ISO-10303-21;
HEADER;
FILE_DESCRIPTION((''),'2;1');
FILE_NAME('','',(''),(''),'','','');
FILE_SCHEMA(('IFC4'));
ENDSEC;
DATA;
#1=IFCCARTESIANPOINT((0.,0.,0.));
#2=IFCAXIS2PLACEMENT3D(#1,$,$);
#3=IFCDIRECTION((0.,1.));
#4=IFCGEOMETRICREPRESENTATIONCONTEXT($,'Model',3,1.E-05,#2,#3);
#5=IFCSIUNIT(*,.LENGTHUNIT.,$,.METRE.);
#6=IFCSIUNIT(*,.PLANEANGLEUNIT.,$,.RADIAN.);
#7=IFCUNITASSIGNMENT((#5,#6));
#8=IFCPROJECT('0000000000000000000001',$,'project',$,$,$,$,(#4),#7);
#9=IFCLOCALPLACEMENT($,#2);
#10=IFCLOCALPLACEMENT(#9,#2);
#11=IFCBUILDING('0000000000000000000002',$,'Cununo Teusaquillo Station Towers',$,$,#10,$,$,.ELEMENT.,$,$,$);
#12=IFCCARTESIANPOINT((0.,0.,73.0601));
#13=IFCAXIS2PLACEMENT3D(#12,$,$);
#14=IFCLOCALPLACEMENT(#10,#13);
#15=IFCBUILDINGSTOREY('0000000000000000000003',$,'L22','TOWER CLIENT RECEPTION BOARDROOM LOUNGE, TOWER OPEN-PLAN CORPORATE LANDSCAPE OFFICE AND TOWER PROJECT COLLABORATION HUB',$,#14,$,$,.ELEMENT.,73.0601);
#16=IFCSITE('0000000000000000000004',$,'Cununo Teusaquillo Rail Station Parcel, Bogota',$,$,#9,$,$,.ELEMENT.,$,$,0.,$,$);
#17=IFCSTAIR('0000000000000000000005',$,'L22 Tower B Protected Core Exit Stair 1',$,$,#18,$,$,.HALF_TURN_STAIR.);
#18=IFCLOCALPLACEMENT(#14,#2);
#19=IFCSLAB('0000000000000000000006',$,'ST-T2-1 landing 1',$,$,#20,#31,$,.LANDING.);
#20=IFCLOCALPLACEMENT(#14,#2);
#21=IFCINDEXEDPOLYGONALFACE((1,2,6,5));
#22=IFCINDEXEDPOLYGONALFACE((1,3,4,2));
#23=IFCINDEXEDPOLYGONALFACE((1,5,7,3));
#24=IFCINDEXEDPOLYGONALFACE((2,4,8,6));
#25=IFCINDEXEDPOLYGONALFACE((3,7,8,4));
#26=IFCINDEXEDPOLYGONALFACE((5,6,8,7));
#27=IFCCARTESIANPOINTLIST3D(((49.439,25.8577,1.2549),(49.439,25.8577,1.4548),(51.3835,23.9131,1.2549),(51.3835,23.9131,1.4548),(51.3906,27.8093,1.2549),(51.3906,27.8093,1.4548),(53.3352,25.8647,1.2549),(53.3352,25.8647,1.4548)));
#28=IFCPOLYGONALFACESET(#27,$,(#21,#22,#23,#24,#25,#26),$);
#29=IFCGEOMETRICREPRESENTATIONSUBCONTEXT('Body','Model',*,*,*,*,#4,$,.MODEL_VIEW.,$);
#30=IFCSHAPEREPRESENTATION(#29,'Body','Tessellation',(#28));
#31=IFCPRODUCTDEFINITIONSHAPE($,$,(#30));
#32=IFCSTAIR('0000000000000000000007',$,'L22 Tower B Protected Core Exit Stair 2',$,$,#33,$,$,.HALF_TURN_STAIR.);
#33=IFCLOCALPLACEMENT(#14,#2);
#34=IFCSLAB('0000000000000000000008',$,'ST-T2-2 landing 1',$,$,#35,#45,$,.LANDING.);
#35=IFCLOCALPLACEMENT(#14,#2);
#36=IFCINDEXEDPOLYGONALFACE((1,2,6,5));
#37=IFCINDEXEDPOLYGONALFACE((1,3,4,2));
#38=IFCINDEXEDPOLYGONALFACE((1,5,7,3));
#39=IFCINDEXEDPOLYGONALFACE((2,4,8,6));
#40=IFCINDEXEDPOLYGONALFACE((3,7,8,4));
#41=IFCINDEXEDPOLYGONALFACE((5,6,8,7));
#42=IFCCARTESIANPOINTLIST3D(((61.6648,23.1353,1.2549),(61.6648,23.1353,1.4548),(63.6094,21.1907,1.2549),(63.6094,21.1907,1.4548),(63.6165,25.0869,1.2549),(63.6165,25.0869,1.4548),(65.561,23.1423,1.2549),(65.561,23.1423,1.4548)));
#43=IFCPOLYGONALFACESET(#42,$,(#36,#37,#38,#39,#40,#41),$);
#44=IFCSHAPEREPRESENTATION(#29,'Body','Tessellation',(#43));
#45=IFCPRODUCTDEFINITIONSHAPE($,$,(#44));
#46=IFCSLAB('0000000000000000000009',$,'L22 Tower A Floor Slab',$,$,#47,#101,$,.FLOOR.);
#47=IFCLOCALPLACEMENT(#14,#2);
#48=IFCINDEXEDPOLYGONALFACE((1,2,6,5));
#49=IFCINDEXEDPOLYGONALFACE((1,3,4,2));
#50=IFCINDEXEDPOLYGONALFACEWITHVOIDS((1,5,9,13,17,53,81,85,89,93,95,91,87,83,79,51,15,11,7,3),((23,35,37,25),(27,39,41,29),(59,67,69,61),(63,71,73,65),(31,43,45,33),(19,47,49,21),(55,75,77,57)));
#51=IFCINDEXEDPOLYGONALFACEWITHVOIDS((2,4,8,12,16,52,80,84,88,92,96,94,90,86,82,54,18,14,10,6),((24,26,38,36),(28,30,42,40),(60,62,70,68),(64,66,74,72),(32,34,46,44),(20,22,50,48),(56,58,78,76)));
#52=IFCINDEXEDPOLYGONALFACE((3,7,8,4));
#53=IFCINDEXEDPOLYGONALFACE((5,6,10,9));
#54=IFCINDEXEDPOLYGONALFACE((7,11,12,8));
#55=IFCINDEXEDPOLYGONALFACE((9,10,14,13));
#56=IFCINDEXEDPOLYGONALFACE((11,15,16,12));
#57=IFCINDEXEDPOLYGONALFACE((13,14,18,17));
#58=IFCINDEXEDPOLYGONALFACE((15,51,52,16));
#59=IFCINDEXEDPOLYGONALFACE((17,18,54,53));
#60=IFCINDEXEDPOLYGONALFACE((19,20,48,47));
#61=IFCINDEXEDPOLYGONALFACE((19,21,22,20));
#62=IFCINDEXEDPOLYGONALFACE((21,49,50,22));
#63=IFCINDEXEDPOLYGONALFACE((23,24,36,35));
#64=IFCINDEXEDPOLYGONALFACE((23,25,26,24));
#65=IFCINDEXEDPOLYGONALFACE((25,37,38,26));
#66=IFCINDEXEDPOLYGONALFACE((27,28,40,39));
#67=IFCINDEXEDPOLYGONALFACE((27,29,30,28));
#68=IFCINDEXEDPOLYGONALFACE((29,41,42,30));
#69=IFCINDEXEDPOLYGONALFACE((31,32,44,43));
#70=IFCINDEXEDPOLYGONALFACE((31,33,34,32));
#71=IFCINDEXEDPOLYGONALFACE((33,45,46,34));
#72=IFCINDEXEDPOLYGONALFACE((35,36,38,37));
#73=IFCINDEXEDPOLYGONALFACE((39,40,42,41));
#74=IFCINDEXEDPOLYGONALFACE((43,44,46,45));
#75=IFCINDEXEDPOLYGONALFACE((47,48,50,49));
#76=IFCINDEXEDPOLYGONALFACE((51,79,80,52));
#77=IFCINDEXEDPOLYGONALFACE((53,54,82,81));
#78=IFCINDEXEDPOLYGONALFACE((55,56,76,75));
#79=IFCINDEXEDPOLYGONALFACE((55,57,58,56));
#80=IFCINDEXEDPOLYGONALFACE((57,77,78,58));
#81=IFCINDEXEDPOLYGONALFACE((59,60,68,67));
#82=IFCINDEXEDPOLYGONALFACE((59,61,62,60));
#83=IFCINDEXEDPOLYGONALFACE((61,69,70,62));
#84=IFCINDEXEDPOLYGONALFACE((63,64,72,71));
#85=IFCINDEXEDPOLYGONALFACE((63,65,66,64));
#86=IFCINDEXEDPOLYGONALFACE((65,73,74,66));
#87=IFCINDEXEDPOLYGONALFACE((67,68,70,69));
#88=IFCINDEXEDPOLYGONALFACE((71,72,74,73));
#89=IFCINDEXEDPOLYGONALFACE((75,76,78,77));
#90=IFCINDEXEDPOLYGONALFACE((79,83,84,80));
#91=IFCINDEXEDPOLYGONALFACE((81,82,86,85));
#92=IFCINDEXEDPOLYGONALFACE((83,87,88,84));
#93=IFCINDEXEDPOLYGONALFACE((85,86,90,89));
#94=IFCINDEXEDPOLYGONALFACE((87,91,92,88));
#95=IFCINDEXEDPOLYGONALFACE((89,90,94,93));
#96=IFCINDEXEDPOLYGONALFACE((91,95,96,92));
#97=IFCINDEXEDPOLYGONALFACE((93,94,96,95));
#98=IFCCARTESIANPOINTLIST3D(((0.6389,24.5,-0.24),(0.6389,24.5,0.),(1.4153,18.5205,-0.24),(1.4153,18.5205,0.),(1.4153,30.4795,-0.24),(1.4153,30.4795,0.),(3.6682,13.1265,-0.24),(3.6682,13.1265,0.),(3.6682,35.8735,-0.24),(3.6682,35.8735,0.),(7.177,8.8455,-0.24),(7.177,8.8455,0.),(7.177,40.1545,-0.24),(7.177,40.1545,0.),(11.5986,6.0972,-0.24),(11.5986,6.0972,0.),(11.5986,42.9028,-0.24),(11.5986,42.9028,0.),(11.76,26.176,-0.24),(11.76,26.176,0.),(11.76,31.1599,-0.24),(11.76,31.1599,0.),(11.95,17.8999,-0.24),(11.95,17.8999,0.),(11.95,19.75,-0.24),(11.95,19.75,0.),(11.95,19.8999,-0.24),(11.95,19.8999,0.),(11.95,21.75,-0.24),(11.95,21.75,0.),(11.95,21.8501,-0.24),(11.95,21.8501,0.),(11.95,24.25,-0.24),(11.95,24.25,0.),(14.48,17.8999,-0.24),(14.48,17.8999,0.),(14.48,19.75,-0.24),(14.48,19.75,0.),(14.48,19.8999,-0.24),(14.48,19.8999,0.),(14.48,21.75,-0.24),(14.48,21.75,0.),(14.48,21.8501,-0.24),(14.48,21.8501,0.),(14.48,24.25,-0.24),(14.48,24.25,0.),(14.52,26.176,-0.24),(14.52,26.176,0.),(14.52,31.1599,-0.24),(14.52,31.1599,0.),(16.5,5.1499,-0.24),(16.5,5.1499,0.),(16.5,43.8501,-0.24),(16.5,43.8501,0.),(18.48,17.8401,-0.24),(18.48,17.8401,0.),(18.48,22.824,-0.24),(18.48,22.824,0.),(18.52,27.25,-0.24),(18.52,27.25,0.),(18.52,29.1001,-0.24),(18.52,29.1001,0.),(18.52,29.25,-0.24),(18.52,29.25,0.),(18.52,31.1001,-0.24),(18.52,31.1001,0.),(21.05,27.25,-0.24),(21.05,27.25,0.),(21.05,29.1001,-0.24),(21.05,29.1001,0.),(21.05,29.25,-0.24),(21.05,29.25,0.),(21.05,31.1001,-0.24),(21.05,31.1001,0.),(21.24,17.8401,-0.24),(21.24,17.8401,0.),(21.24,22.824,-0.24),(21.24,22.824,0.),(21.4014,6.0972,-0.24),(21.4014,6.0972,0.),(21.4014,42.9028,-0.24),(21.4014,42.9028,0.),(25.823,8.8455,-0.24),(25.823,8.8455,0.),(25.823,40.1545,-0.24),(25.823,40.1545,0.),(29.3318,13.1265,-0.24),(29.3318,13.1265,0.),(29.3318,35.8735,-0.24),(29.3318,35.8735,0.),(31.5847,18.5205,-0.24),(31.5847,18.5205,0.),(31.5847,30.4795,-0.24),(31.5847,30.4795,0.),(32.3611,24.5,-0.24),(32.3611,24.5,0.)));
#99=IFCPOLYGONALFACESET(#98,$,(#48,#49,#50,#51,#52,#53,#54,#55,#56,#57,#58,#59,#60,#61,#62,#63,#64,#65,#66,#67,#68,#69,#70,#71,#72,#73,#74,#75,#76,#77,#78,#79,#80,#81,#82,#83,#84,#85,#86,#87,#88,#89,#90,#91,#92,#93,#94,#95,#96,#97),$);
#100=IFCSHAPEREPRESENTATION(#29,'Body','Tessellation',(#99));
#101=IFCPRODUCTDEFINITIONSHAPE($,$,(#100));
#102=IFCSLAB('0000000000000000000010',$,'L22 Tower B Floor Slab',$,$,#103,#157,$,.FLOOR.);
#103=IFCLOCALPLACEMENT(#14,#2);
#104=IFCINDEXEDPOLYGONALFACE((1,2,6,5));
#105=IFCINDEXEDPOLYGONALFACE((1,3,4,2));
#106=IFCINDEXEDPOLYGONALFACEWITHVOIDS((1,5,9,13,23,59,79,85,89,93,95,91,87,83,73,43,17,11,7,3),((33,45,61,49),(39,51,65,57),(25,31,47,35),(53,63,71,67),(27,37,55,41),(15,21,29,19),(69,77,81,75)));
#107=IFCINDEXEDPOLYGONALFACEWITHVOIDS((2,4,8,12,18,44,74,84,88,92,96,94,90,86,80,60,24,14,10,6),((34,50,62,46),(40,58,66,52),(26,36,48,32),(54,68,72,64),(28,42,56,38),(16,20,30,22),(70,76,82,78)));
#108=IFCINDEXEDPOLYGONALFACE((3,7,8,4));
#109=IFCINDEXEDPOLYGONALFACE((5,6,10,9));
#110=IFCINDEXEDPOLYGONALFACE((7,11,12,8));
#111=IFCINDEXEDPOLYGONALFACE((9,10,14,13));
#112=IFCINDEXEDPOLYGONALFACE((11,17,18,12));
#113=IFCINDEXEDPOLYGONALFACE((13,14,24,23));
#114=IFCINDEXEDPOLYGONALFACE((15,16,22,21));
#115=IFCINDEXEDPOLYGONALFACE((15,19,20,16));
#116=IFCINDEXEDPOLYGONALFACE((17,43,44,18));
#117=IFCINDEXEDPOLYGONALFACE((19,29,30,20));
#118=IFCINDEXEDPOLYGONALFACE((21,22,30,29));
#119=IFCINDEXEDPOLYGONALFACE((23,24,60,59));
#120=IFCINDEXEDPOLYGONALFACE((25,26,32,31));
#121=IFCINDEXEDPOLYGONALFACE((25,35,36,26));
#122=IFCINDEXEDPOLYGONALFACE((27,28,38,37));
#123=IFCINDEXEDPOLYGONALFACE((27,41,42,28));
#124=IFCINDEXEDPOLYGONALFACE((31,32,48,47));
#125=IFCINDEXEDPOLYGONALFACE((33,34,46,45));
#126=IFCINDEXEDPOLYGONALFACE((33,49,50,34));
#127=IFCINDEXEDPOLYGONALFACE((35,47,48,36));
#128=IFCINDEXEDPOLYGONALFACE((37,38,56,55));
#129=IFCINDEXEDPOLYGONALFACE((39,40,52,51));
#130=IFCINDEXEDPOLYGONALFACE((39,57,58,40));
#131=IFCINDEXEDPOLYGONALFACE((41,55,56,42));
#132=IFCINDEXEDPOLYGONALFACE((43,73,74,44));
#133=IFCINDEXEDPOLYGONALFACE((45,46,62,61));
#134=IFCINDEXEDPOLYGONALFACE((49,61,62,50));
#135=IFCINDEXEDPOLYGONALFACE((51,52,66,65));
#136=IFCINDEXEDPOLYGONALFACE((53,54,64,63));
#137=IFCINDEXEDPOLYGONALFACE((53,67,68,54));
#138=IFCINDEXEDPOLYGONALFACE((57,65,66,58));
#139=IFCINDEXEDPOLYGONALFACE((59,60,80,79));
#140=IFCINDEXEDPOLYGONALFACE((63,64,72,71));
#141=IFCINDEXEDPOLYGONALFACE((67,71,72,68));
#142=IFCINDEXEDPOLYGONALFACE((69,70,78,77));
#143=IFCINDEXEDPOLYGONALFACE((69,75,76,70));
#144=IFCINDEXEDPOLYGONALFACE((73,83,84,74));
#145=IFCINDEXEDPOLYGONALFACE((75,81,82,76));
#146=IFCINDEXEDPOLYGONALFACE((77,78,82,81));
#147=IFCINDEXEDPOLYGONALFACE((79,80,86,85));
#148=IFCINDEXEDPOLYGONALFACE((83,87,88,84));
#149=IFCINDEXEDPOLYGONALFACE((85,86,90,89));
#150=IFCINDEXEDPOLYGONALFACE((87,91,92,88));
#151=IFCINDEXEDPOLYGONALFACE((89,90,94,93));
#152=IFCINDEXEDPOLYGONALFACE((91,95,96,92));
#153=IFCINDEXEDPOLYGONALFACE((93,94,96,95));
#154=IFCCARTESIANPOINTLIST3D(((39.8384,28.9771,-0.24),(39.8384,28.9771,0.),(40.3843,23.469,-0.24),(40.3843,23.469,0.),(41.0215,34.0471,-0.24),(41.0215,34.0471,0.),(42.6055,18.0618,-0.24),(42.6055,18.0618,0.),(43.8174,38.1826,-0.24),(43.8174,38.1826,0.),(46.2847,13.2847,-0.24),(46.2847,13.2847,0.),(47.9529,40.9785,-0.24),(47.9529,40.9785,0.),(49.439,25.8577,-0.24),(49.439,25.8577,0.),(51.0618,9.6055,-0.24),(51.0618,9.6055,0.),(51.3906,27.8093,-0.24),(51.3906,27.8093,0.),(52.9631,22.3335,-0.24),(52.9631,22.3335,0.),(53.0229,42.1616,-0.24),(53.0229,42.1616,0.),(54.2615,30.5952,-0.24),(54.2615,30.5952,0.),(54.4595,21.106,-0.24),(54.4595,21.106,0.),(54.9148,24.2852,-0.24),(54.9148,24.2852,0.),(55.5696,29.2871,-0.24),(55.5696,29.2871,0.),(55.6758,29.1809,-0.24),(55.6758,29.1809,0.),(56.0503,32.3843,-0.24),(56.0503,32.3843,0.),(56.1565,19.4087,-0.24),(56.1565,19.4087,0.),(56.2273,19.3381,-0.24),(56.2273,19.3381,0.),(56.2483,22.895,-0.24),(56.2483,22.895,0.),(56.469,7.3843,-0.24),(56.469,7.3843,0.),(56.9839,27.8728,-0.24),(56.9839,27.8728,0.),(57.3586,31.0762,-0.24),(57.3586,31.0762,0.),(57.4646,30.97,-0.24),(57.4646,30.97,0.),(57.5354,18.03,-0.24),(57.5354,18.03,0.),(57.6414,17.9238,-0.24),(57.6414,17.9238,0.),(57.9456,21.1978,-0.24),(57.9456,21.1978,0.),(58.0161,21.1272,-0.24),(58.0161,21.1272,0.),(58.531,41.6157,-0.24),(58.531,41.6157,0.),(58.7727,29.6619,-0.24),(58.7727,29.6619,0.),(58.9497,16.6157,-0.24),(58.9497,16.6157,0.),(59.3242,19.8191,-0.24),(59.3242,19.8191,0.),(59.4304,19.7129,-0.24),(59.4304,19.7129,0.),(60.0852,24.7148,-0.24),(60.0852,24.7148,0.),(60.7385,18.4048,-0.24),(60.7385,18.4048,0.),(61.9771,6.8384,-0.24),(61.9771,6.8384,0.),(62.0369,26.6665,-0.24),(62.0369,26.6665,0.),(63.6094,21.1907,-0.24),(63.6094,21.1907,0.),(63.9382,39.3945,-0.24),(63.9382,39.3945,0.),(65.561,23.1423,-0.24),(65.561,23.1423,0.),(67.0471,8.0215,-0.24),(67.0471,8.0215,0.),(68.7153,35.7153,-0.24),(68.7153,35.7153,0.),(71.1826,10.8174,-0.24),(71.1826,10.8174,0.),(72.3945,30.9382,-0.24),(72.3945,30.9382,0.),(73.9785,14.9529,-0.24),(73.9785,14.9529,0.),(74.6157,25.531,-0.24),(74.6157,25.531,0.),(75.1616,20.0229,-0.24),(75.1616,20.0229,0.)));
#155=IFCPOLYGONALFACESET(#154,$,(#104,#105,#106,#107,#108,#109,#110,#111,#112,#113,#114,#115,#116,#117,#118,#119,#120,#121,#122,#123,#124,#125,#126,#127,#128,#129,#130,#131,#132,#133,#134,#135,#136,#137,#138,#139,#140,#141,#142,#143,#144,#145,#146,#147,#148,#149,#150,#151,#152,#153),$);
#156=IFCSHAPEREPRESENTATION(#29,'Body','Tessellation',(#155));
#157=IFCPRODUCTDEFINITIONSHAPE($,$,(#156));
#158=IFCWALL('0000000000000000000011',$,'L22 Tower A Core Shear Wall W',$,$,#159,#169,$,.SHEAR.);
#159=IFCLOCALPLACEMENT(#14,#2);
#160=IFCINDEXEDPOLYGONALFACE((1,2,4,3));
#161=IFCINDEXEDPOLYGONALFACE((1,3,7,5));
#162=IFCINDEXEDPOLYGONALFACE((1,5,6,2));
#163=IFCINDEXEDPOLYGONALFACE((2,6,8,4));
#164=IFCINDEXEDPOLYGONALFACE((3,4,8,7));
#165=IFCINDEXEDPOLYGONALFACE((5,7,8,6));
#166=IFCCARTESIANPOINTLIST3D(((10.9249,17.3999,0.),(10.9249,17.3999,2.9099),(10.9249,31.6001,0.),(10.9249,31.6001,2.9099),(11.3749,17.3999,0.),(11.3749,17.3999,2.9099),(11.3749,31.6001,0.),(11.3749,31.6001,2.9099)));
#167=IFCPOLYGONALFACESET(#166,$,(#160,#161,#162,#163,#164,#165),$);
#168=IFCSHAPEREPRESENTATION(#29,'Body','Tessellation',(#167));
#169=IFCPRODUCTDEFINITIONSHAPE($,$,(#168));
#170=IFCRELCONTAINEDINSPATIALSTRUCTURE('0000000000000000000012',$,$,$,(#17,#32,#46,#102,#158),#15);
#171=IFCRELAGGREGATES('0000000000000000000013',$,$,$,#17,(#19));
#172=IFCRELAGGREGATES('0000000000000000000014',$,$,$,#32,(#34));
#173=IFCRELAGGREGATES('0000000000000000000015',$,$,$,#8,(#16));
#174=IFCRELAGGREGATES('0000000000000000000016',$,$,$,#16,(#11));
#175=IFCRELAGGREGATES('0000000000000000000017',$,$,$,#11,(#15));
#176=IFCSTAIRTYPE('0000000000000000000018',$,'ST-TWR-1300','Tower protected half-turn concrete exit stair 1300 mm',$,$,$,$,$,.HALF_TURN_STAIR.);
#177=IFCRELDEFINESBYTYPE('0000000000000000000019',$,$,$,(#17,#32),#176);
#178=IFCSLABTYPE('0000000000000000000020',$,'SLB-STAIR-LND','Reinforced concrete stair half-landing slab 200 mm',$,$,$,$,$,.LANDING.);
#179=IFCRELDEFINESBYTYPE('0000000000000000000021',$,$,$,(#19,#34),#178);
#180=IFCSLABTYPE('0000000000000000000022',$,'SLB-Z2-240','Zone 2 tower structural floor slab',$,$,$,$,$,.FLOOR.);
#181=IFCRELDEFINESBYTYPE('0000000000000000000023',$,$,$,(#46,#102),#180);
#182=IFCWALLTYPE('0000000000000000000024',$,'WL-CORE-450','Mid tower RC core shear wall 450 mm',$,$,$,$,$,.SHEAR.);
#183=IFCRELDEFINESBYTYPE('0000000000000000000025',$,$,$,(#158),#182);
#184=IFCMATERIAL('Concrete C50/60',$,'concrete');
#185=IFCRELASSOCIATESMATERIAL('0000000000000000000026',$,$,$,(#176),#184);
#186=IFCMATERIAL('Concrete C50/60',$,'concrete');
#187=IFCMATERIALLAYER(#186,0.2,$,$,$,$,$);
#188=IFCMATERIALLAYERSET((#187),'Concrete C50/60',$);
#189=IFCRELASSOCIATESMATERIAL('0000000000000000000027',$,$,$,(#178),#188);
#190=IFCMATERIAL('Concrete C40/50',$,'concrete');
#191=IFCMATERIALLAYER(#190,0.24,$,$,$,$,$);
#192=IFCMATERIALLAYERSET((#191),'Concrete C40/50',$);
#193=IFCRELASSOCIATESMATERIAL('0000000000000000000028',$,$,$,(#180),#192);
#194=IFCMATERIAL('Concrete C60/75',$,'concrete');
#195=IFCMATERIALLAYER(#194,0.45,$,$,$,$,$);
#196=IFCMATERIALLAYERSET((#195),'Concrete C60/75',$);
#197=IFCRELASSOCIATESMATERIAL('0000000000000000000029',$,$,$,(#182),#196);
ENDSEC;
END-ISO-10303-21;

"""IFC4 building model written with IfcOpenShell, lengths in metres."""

from ifc_helpers import new_model, si_unit, direction, frame, frame_2d, origin, place, context, subcontext, project, spatial, polyline, rectangle, outline, extrude, material, layer, layer_set, type_object, element, aggregate, save


model = new_model("IFC4")

# Units and contexts
model_context = context("Model", 3, precision=1e-05, world=origin(), true_north=direction((0.0, 1.0)))
body_context = subcontext(model_context, "Body", "Model", "MODEL_VIEW")
ifc_project = project(units=[si_unit("LENGTHUNIT", "METRE"), si_unit("PLANEANGLEUNIT", "RADIAN")], contexts=[model_context])

# Site, building, storey
site_placement = place(None, origin())
site = spatial("IfcSite", under=ifc_project, at=site_placement, Name="Cununo Teusaquillo Rail Station Parcel, Bogota", CompositionType="ELEMENT", RefElevation=0.0)
building_placement = place(site_placement, origin())
building = spatial("IfcBuilding", under=site, at=building_placement, Name="Cununo Teusaquillo Station Towers", CompositionType="ELEMENT")
storey_placement = place(building_placement, frame((0.0, 0.0, 73.0601)))
storey = spatial("IfcBuildingStorey", under=building, at=storey_placement, Name="L22", Description="TOWER CLIENT RECEPTION BOARDROOM LOUNGE, TOWER OPEN-PLAN CORPORATE LANDSCAPE OFFICE AND TOWER PROJECT COLLABORATION HUB", CompositionType="ELEMENT", Elevation=73.0601)

# Stairs, slabs
ifc_material_1 = material(Name="Concrete C50/60", Category="concrete")
stair_type = type_object("IfcStairType", Name="ST-TWR-1300", Description="Tower protected half-turn concrete exit stair 1300 mm", PredefinedType="HALF_TURN_STAIR", material=ifc_material_1)
ifc_material_2 = material(Name="Concrete C50/60", Category="concrete")
ifc_layer_1 = layer(ifc_material_2, 0.2)
ifc_layer_set_1 = layer_set([ifc_layer_1], Name="Concrete C50/60")
slab_type_1 = type_object("IfcSlabType", Name="SLB-STAIR-LND", Description="Reinforced concrete stair half-landing slab 200 mm", PredefinedType="LANDING", material=ifc_layer_set_1)
stair_1_placement = place(storey_placement, origin())
stair_1 = element("IfcStair", 1, at=stair_1_placement, inside=storey, type_object=stair_type, Name="L22 Tower B Protected Core Exit Stair 1", PredefinedType="HALF_TURN_STAIR")
slab_1_placement = place(storey_placement, frame((0.0, 0.0, 1.2549)))
slab_1 = element("IfcSlab", 2, at=slab_1_placement, type_object=slab_type_1, Name="ST-T2-1 landing 1", PredefinedType="LANDING", context=body_context, shape_type="SweptSolid", body=[
    extrude(outline(polyline([(53.3352, 25.8647), (51.3906, 27.8093), (49.439, 25.8577), (51.3835, 23.9131), (53.3352, 25.8647)])), origin(), (0.0, 0.0, 1.0), 0.2),
])
aggregate(stair_1, [slab_1])
stair_2_placement = place(storey_placement, origin())
stair_2 = element("IfcStair", 3, at=stair_2_placement, inside=storey, type_object=stair_type, Name="L22 Tower B Protected Core Exit Stair 2", PredefinedType="HALF_TURN_STAIR")
slab_2_placement = place(storey_placement, frame((0.0, 0.0, 1.2549)))
slab_2 = element("IfcSlab", 4, at=slab_2_placement, type_object=slab_type_1, Name="ST-T2-2 landing 1", PredefinedType="LANDING", context=body_context, shape_type="SweptSolid", body=[
    extrude(outline(polyline([(61.6648, 23.1353), (63.6094, 21.1907), (65.561, 23.1423), (63.6165, 25.0869), (61.6648, 23.1353)])), origin(), (0.0, 0.0, 1.0), 0.2),
])
aggregate(stair_2, [slab_2])

# Slabs
ifc_material_3 = material(Name="Concrete C40/50", Category="concrete")
ifc_layer_2 = layer(ifc_material_3, 0.24)
ifc_layer_set_2 = layer_set([ifc_layer_2], Name="Concrete C40/50")
slab_type_2 = type_object("IfcSlabType", Name="SLB-Z2-240", Description="Zone 2 tower structural floor slab", PredefinedType="FLOOR", material=ifc_layer_set_2)
slab_3_placement = place(storey_placement, frame((0.0, 0.0, -0.24)))
element("IfcSlab", 5, at=slab_3_placement, inside=storey, type_object=slab_type_2, Name="L22 Tower A Floor Slab", PredefinedType="FLOOR", context=body_context, shape_type="SweptSolid", body=[
    extrude(outline(polyline([(32.3611, 24.5), (31.5847, 30.4795), (29.3318, 35.8735), (25.823, 40.1545), (21.4014, 42.9028), (16.5, 43.8501), (11.5986, 42.9028), (7.177, 40.1545), (3.6682, 35.8735), (1.4153, 30.4795), (0.6389, 24.5), (1.4153, 18.5205), (3.6682, 13.1265), (7.177, 8.8455), (11.5986, 6.0972), (16.5, 5.1499), (21.4014, 6.0972), (25.823, 8.8455), (29.3318, 13.1265), (31.5847, 18.5205), (32.3611, 24.5)]), holes=[polyline([(14.52, 26.176), (14.52, 31.1599), (11.76, 31.1599), (11.76, 26.176), (14.52, 26.176)]), polyline([(18.48, 22.824), (18.48, 17.8401), (21.24, 17.8401), (21.24, 22.824), (18.48, 22.824)]), polyline([(11.95, 21.8501), (14.48, 21.8501), (14.48, 24.25), (11.95, 24.25), (11.95, 21.8501)]), polyline([(11.95, 17.8999), (14.48, 17.8999), (14.48, 19.75), (11.95, 19.75), (11.95, 17.8999)]), polyline([(11.95, 19.8999), (14.48, 19.8999), (14.48, 21.75), (11.95, 21.75), (11.95, 19.8999)]), polyline([(18.52, 27.25), (21.05, 27.25), (21.05, 29.1001), (18.52, 29.1001), (18.52, 27.25)]), polyline([(18.52, 29.25), (21.05, 29.25), (21.05, 31.1001), (18.52, 31.1001), (18.52, 29.25)])]), origin(), (0.0, 0.0, 1.0), 0.24),
])
slab_4_placement = place(storey_placement, frame((0.0, 0.0, -0.24)))
element("IfcSlab", 6, at=slab_4_placement, inside=storey, type_object=slab_type_2, Name="L22 Tower B Floor Slab", PredefinedType="FLOOR", context=body_context, shape_type="SweptSolid", body=[
    extrude(outline(polyline([(68.7153, 35.7153), (63.9382, 39.3945), (58.531, 41.6157), (53.0229, 42.1616), (47.9529, 40.9785), (43.8174, 38.1826), (41.0215, 34.0471), (39.8384, 28.9771), (40.3843, 23.469), (42.6055, 18.0618), (46.2847, 13.2847), (51.0618, 9.6055), (56.469, 7.3843), (61.9771, 6.8384), (67.0471, 8.0215), (71.1826, 10.8174), (73.9785, 14.9529), (75.1616, 20.0229), (74.6157, 25.531), (72.3945, 30.9382), (68.7153, 35.7153)]), holes=[polyline([(54.9148, 24.2852), (51.3906, 27.8093), (49.439, 25.8577), (52.9631, 22.3335), (54.9148, 24.2852)]), polyline([(60.0852, 24.7148), (63.6094, 21.1907), (65.561, 23.1423), (62.0369, 26.6665), (60.0852, 24.7148)]), polyline([(56.1565, 19.4087), (57.9456, 21.1978), (56.2483, 22.895), (54.4595, 21.106), (56.1565, 19.4087)]), polyline([(58.9497, 16.6157), (60.7385, 18.4048), (59.4304, 19.7129), (57.6414, 17.9238), (58.9497, 16.6157)]), polyline([(57.5354, 18.03), (59.3242, 19.8191), (58.0161, 21.1272), (56.2273, 19.3381), (57.5354, 18.03)]), polyline([(56.9839, 27.8728), (58.7727, 29.6619), (57.4646, 30.97), (55.6758, 29.1809), (56.9839, 27.8728)]), polyline([(55.5696, 29.2871), (57.3586, 31.0762), (56.0503, 32.3843), (54.2615, 30.5952), (55.5696, 29.2871)])]), origin(), (0.0, 0.0, 1.0), 0.24),
])

# Wall
ifc_material_4 = material(Name="Concrete C60/75", Category="concrete")
ifc_layer_3 = layer(ifc_material_4, 0.45)
ifc_layer_set_3 = layer_set([ifc_layer_3], Name="Concrete C60/75")
wall_type_1 = type_object("IfcWallType", Name="WL-CORE-450", Description="Mid tower RC core shear wall 450 mm", PredefinedType="SHEAR", material=ifc_layer_set_3)
wall_1_placement = place(storey_placement, frame((11.1499, 17.3999, 0.0), z_axis=(0.0, 0.0, 1.0), x_axis=(0.0, 1.0, 0.0)))
element("IfcWall", 7, at=wall_1_placement, inside=storey, type_object=wall_type_1, Name="L22 Tower A Core Shear Wall W", PredefinedType="SHEAR", context=body_context, shape_type="SweptSolid", body=[
    extrude(rectangle(XDim=14.2002, YDim=0.45, at=frame_2d((7.1001, 0.0))), origin(), (0.0, 0.0, 1.0), 2.9099),
])

save(model, "model.ifc")
